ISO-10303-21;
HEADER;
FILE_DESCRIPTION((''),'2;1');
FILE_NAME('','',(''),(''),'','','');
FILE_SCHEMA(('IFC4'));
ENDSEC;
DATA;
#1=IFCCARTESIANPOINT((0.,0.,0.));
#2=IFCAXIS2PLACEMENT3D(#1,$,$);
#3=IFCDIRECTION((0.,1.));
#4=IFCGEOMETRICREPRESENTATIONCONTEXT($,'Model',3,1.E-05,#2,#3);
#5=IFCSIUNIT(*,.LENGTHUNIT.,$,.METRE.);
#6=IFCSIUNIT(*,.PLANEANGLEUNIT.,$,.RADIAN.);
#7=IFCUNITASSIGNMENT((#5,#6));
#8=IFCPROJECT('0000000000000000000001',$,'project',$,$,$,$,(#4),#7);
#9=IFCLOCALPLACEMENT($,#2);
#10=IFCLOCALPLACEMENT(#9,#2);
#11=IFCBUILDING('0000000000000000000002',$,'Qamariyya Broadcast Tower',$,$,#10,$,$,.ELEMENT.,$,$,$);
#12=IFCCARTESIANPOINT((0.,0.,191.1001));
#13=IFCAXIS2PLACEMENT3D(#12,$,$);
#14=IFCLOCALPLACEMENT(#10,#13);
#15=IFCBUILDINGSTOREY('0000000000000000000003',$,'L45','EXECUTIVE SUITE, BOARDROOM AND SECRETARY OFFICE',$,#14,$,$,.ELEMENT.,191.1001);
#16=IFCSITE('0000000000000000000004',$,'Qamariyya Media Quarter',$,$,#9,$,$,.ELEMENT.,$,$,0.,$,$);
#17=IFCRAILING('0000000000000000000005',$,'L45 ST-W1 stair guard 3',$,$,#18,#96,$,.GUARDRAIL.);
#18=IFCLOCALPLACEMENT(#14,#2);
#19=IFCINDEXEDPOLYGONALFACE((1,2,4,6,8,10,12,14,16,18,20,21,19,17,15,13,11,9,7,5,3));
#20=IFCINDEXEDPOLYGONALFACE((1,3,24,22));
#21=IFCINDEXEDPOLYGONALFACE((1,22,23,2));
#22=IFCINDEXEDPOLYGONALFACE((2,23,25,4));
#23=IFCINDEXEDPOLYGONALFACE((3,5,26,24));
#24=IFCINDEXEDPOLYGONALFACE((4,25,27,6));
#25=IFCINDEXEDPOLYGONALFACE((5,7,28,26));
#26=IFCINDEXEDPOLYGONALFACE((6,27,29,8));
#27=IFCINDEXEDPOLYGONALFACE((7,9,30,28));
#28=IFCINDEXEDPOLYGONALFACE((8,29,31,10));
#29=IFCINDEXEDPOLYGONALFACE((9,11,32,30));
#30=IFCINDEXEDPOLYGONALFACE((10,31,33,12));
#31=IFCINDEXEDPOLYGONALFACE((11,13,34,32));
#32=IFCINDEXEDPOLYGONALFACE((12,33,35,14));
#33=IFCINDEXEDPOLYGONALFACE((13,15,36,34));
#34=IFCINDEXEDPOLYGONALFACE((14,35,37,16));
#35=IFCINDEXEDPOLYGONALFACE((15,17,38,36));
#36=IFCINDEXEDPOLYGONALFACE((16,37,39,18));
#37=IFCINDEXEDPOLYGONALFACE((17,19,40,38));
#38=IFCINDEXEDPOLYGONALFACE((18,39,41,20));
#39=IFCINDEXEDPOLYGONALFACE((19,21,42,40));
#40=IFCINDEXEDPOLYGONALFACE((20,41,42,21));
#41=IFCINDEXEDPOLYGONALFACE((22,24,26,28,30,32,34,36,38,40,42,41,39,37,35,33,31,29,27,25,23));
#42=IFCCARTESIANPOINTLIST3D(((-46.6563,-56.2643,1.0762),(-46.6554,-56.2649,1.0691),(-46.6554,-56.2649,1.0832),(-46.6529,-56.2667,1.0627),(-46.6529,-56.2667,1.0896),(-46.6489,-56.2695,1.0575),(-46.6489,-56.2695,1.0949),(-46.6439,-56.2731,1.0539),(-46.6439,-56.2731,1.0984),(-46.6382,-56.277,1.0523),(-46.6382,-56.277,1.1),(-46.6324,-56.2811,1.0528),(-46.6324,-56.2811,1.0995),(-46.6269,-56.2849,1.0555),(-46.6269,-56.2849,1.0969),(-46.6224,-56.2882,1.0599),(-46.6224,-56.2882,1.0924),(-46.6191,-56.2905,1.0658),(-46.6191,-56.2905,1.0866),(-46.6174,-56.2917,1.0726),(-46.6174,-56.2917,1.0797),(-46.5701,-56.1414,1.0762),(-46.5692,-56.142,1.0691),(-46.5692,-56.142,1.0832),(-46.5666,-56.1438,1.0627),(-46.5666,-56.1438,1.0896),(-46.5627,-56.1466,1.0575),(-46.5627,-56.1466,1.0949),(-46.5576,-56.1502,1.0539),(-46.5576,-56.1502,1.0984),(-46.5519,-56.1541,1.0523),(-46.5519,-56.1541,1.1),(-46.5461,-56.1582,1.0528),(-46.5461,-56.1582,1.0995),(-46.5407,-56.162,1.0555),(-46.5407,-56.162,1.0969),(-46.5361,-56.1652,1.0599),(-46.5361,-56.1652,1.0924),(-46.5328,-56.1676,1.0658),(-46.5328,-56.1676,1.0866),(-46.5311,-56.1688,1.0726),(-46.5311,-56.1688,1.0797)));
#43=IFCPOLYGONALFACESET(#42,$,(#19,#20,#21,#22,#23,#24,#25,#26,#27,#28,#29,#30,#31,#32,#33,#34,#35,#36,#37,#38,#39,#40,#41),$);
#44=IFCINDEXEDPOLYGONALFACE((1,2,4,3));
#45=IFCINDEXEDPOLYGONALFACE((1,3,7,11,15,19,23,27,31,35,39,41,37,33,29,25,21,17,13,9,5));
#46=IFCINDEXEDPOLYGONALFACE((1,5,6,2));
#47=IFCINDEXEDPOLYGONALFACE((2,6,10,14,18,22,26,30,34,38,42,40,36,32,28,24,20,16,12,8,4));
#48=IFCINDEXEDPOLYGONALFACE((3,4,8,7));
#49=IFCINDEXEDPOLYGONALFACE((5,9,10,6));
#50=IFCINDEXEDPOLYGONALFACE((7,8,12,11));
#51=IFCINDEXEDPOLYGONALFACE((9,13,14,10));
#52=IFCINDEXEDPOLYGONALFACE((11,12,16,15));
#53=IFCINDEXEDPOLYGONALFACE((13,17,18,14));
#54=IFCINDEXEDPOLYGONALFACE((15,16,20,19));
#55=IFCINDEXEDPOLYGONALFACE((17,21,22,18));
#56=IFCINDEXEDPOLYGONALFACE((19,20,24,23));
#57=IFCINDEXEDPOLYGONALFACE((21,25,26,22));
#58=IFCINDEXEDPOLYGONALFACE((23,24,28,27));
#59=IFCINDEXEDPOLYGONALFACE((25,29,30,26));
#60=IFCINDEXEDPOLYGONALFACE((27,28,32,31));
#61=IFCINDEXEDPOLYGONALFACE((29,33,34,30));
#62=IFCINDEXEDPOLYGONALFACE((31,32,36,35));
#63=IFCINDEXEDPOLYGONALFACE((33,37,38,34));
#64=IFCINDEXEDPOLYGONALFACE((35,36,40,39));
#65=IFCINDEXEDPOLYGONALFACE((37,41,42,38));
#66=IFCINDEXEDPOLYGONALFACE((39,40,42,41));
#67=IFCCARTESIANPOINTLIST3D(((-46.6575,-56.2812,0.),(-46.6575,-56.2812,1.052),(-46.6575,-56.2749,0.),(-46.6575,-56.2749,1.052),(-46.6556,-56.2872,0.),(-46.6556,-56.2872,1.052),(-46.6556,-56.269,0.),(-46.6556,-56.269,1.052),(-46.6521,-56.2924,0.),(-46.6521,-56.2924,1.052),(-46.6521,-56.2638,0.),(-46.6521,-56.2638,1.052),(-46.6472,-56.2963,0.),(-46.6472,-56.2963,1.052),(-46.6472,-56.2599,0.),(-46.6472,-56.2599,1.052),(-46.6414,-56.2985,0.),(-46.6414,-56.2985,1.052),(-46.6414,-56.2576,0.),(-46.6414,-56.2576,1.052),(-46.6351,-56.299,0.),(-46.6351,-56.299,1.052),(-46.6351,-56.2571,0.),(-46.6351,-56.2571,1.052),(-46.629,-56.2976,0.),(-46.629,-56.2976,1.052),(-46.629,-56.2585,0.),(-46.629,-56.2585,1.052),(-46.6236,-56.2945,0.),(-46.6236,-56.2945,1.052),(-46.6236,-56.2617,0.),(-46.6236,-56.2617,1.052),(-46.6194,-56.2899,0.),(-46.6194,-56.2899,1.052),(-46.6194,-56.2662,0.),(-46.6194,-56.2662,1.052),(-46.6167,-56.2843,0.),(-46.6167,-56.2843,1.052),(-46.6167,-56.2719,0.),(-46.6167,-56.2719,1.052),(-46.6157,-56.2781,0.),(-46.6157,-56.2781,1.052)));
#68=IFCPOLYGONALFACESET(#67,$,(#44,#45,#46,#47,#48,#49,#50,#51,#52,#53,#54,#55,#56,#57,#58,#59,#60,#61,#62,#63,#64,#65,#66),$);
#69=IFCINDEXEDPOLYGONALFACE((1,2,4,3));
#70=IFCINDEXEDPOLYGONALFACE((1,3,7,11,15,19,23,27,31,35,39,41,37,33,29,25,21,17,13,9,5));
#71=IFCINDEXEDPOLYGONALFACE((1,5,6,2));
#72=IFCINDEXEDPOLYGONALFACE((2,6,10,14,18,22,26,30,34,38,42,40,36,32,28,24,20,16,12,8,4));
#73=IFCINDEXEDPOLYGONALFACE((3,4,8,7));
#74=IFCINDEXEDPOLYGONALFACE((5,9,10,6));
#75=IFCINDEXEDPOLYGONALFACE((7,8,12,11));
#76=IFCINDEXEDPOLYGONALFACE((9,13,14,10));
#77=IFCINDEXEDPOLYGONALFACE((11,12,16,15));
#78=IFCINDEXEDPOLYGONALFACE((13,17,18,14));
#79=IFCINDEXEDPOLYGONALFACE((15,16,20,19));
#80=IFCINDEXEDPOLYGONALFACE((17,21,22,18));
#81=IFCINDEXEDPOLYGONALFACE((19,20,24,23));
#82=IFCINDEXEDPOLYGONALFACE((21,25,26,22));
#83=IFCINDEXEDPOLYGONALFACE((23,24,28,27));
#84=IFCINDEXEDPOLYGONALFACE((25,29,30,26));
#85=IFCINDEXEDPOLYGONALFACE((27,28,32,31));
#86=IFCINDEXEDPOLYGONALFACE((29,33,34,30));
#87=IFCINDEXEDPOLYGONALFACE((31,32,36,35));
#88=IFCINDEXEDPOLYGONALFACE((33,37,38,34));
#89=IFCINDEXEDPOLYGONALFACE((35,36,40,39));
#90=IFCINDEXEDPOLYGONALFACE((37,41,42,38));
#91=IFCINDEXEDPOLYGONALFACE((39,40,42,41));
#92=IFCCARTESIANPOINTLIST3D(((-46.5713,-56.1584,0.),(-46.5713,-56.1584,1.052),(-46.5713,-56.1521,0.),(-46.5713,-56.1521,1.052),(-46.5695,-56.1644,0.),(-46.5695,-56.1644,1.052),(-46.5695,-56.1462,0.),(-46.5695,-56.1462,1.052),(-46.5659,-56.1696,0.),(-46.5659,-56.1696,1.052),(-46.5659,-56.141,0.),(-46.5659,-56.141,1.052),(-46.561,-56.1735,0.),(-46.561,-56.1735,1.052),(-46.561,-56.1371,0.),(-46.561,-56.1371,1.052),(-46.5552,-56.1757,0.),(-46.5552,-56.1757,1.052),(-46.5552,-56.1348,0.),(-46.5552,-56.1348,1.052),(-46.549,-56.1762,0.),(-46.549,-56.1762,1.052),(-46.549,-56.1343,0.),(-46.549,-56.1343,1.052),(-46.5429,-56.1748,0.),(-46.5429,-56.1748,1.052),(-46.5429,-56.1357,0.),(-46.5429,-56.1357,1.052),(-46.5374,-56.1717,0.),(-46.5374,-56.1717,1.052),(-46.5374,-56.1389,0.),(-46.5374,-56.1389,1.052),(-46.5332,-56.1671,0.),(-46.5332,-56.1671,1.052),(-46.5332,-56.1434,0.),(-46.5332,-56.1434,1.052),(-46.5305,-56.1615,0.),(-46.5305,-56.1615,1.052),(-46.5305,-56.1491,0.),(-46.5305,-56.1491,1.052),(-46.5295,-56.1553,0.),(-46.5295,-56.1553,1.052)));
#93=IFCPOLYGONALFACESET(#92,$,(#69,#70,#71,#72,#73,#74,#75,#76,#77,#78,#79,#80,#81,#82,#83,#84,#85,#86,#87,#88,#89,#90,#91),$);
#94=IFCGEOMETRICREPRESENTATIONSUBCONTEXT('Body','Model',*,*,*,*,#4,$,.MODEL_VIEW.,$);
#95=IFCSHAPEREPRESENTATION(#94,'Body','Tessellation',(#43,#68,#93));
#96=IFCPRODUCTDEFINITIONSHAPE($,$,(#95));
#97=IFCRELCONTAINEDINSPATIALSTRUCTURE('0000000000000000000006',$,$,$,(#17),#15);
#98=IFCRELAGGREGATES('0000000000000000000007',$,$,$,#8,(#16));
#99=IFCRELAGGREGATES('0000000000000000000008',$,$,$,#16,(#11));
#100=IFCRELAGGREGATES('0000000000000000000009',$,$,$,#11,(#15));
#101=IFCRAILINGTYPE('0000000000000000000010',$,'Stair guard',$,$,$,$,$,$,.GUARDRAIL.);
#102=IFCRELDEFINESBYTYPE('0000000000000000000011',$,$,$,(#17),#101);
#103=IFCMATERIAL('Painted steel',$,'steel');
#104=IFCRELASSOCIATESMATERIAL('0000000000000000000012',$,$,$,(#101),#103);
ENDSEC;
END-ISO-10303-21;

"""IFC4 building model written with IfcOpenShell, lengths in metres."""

from ifc_helpers import new_model, si_unit, direction, frame, origin, origin_2d, place, context, subcontext, project, spatial, circle, extrude, material, type_object, element, save


model = new_model("IFC4")

# Units and contexts
model_context = context("Model", 3, precision=1e-05, world=origin(), true_north=direction((0.0, 1.0)))
body_context = subcontext(model_context, "Body", "Model", "MODEL_VIEW")
ifc_project = project(units=[si_unit("LENGTHUNIT", "METRE"), si_unit("PLANEANGLEUNIT", "RADIAN")], contexts=[model_context])

# Site, building, storey
site_placement = place(None, origin())
site = spatial("IfcSite", under=ifc_project, at=site_placement, Name="Qamariyya Media Quarter", CompositionType="ELEMENT", RefElevation=0.0)
building_placement = place(site_placement, origin())
building = spatial("IfcBuilding", under=site, at=building_placement, Name="Qamariyya Broadcast Tower", CompositionType="ELEMENT")
storey_placement = place(building_placement, frame((0.0, 0.0, 191.1001)))
storey = spatial("IfcBuildingStorey", under=building, at=storey_placement, Name="L45", Description="EXECUTIVE SUITE, BOARDROOM AND SECRETARY OFFICE", CompositionType="ELEMENT", Elevation=191.1001)

# Railing
ifc_material_1 = material(Name="Painted steel", Category="steel")
railing_type_1 = type_object("IfcRailingType", Name="Stair guard", PredefinedType="GUARDRAIL", material=ifc_material_1)
railing_1_placement = place(storey_placement, frame((-46.6367, -56.2781, 0.0)))
element("IfcRailing", 1, at=railing_1_placement, inside=storey, type_object=railing_type_1, Name="L45 ST-W1 stair guard 3", PredefinedType="GUARDRAIL", context=body_context, shape_type="SweptSolid", body=[
    extrude(circle(Radius=0.0239, at=origin_2d()), frame((0.0, 0.0, 1.0762), z_axis=(0.574445, 0.818543, 0.0), x_axis=(-0.818543, 0.574445, 0.0)), (0.0, 0.0, 1.0), 0.1501),
    extrude(circle(Radius=0.021, at=origin_2d()), origin(), (0.0, 0.0, 1.0), 1.052),
    extrude(circle(Radius=0.021, at=origin_2d()), frame((0.0862, 0.1228, 0.0)), (0.0, 0.0, 1.0), 1.052),
])

save(model, "model.ifc")
